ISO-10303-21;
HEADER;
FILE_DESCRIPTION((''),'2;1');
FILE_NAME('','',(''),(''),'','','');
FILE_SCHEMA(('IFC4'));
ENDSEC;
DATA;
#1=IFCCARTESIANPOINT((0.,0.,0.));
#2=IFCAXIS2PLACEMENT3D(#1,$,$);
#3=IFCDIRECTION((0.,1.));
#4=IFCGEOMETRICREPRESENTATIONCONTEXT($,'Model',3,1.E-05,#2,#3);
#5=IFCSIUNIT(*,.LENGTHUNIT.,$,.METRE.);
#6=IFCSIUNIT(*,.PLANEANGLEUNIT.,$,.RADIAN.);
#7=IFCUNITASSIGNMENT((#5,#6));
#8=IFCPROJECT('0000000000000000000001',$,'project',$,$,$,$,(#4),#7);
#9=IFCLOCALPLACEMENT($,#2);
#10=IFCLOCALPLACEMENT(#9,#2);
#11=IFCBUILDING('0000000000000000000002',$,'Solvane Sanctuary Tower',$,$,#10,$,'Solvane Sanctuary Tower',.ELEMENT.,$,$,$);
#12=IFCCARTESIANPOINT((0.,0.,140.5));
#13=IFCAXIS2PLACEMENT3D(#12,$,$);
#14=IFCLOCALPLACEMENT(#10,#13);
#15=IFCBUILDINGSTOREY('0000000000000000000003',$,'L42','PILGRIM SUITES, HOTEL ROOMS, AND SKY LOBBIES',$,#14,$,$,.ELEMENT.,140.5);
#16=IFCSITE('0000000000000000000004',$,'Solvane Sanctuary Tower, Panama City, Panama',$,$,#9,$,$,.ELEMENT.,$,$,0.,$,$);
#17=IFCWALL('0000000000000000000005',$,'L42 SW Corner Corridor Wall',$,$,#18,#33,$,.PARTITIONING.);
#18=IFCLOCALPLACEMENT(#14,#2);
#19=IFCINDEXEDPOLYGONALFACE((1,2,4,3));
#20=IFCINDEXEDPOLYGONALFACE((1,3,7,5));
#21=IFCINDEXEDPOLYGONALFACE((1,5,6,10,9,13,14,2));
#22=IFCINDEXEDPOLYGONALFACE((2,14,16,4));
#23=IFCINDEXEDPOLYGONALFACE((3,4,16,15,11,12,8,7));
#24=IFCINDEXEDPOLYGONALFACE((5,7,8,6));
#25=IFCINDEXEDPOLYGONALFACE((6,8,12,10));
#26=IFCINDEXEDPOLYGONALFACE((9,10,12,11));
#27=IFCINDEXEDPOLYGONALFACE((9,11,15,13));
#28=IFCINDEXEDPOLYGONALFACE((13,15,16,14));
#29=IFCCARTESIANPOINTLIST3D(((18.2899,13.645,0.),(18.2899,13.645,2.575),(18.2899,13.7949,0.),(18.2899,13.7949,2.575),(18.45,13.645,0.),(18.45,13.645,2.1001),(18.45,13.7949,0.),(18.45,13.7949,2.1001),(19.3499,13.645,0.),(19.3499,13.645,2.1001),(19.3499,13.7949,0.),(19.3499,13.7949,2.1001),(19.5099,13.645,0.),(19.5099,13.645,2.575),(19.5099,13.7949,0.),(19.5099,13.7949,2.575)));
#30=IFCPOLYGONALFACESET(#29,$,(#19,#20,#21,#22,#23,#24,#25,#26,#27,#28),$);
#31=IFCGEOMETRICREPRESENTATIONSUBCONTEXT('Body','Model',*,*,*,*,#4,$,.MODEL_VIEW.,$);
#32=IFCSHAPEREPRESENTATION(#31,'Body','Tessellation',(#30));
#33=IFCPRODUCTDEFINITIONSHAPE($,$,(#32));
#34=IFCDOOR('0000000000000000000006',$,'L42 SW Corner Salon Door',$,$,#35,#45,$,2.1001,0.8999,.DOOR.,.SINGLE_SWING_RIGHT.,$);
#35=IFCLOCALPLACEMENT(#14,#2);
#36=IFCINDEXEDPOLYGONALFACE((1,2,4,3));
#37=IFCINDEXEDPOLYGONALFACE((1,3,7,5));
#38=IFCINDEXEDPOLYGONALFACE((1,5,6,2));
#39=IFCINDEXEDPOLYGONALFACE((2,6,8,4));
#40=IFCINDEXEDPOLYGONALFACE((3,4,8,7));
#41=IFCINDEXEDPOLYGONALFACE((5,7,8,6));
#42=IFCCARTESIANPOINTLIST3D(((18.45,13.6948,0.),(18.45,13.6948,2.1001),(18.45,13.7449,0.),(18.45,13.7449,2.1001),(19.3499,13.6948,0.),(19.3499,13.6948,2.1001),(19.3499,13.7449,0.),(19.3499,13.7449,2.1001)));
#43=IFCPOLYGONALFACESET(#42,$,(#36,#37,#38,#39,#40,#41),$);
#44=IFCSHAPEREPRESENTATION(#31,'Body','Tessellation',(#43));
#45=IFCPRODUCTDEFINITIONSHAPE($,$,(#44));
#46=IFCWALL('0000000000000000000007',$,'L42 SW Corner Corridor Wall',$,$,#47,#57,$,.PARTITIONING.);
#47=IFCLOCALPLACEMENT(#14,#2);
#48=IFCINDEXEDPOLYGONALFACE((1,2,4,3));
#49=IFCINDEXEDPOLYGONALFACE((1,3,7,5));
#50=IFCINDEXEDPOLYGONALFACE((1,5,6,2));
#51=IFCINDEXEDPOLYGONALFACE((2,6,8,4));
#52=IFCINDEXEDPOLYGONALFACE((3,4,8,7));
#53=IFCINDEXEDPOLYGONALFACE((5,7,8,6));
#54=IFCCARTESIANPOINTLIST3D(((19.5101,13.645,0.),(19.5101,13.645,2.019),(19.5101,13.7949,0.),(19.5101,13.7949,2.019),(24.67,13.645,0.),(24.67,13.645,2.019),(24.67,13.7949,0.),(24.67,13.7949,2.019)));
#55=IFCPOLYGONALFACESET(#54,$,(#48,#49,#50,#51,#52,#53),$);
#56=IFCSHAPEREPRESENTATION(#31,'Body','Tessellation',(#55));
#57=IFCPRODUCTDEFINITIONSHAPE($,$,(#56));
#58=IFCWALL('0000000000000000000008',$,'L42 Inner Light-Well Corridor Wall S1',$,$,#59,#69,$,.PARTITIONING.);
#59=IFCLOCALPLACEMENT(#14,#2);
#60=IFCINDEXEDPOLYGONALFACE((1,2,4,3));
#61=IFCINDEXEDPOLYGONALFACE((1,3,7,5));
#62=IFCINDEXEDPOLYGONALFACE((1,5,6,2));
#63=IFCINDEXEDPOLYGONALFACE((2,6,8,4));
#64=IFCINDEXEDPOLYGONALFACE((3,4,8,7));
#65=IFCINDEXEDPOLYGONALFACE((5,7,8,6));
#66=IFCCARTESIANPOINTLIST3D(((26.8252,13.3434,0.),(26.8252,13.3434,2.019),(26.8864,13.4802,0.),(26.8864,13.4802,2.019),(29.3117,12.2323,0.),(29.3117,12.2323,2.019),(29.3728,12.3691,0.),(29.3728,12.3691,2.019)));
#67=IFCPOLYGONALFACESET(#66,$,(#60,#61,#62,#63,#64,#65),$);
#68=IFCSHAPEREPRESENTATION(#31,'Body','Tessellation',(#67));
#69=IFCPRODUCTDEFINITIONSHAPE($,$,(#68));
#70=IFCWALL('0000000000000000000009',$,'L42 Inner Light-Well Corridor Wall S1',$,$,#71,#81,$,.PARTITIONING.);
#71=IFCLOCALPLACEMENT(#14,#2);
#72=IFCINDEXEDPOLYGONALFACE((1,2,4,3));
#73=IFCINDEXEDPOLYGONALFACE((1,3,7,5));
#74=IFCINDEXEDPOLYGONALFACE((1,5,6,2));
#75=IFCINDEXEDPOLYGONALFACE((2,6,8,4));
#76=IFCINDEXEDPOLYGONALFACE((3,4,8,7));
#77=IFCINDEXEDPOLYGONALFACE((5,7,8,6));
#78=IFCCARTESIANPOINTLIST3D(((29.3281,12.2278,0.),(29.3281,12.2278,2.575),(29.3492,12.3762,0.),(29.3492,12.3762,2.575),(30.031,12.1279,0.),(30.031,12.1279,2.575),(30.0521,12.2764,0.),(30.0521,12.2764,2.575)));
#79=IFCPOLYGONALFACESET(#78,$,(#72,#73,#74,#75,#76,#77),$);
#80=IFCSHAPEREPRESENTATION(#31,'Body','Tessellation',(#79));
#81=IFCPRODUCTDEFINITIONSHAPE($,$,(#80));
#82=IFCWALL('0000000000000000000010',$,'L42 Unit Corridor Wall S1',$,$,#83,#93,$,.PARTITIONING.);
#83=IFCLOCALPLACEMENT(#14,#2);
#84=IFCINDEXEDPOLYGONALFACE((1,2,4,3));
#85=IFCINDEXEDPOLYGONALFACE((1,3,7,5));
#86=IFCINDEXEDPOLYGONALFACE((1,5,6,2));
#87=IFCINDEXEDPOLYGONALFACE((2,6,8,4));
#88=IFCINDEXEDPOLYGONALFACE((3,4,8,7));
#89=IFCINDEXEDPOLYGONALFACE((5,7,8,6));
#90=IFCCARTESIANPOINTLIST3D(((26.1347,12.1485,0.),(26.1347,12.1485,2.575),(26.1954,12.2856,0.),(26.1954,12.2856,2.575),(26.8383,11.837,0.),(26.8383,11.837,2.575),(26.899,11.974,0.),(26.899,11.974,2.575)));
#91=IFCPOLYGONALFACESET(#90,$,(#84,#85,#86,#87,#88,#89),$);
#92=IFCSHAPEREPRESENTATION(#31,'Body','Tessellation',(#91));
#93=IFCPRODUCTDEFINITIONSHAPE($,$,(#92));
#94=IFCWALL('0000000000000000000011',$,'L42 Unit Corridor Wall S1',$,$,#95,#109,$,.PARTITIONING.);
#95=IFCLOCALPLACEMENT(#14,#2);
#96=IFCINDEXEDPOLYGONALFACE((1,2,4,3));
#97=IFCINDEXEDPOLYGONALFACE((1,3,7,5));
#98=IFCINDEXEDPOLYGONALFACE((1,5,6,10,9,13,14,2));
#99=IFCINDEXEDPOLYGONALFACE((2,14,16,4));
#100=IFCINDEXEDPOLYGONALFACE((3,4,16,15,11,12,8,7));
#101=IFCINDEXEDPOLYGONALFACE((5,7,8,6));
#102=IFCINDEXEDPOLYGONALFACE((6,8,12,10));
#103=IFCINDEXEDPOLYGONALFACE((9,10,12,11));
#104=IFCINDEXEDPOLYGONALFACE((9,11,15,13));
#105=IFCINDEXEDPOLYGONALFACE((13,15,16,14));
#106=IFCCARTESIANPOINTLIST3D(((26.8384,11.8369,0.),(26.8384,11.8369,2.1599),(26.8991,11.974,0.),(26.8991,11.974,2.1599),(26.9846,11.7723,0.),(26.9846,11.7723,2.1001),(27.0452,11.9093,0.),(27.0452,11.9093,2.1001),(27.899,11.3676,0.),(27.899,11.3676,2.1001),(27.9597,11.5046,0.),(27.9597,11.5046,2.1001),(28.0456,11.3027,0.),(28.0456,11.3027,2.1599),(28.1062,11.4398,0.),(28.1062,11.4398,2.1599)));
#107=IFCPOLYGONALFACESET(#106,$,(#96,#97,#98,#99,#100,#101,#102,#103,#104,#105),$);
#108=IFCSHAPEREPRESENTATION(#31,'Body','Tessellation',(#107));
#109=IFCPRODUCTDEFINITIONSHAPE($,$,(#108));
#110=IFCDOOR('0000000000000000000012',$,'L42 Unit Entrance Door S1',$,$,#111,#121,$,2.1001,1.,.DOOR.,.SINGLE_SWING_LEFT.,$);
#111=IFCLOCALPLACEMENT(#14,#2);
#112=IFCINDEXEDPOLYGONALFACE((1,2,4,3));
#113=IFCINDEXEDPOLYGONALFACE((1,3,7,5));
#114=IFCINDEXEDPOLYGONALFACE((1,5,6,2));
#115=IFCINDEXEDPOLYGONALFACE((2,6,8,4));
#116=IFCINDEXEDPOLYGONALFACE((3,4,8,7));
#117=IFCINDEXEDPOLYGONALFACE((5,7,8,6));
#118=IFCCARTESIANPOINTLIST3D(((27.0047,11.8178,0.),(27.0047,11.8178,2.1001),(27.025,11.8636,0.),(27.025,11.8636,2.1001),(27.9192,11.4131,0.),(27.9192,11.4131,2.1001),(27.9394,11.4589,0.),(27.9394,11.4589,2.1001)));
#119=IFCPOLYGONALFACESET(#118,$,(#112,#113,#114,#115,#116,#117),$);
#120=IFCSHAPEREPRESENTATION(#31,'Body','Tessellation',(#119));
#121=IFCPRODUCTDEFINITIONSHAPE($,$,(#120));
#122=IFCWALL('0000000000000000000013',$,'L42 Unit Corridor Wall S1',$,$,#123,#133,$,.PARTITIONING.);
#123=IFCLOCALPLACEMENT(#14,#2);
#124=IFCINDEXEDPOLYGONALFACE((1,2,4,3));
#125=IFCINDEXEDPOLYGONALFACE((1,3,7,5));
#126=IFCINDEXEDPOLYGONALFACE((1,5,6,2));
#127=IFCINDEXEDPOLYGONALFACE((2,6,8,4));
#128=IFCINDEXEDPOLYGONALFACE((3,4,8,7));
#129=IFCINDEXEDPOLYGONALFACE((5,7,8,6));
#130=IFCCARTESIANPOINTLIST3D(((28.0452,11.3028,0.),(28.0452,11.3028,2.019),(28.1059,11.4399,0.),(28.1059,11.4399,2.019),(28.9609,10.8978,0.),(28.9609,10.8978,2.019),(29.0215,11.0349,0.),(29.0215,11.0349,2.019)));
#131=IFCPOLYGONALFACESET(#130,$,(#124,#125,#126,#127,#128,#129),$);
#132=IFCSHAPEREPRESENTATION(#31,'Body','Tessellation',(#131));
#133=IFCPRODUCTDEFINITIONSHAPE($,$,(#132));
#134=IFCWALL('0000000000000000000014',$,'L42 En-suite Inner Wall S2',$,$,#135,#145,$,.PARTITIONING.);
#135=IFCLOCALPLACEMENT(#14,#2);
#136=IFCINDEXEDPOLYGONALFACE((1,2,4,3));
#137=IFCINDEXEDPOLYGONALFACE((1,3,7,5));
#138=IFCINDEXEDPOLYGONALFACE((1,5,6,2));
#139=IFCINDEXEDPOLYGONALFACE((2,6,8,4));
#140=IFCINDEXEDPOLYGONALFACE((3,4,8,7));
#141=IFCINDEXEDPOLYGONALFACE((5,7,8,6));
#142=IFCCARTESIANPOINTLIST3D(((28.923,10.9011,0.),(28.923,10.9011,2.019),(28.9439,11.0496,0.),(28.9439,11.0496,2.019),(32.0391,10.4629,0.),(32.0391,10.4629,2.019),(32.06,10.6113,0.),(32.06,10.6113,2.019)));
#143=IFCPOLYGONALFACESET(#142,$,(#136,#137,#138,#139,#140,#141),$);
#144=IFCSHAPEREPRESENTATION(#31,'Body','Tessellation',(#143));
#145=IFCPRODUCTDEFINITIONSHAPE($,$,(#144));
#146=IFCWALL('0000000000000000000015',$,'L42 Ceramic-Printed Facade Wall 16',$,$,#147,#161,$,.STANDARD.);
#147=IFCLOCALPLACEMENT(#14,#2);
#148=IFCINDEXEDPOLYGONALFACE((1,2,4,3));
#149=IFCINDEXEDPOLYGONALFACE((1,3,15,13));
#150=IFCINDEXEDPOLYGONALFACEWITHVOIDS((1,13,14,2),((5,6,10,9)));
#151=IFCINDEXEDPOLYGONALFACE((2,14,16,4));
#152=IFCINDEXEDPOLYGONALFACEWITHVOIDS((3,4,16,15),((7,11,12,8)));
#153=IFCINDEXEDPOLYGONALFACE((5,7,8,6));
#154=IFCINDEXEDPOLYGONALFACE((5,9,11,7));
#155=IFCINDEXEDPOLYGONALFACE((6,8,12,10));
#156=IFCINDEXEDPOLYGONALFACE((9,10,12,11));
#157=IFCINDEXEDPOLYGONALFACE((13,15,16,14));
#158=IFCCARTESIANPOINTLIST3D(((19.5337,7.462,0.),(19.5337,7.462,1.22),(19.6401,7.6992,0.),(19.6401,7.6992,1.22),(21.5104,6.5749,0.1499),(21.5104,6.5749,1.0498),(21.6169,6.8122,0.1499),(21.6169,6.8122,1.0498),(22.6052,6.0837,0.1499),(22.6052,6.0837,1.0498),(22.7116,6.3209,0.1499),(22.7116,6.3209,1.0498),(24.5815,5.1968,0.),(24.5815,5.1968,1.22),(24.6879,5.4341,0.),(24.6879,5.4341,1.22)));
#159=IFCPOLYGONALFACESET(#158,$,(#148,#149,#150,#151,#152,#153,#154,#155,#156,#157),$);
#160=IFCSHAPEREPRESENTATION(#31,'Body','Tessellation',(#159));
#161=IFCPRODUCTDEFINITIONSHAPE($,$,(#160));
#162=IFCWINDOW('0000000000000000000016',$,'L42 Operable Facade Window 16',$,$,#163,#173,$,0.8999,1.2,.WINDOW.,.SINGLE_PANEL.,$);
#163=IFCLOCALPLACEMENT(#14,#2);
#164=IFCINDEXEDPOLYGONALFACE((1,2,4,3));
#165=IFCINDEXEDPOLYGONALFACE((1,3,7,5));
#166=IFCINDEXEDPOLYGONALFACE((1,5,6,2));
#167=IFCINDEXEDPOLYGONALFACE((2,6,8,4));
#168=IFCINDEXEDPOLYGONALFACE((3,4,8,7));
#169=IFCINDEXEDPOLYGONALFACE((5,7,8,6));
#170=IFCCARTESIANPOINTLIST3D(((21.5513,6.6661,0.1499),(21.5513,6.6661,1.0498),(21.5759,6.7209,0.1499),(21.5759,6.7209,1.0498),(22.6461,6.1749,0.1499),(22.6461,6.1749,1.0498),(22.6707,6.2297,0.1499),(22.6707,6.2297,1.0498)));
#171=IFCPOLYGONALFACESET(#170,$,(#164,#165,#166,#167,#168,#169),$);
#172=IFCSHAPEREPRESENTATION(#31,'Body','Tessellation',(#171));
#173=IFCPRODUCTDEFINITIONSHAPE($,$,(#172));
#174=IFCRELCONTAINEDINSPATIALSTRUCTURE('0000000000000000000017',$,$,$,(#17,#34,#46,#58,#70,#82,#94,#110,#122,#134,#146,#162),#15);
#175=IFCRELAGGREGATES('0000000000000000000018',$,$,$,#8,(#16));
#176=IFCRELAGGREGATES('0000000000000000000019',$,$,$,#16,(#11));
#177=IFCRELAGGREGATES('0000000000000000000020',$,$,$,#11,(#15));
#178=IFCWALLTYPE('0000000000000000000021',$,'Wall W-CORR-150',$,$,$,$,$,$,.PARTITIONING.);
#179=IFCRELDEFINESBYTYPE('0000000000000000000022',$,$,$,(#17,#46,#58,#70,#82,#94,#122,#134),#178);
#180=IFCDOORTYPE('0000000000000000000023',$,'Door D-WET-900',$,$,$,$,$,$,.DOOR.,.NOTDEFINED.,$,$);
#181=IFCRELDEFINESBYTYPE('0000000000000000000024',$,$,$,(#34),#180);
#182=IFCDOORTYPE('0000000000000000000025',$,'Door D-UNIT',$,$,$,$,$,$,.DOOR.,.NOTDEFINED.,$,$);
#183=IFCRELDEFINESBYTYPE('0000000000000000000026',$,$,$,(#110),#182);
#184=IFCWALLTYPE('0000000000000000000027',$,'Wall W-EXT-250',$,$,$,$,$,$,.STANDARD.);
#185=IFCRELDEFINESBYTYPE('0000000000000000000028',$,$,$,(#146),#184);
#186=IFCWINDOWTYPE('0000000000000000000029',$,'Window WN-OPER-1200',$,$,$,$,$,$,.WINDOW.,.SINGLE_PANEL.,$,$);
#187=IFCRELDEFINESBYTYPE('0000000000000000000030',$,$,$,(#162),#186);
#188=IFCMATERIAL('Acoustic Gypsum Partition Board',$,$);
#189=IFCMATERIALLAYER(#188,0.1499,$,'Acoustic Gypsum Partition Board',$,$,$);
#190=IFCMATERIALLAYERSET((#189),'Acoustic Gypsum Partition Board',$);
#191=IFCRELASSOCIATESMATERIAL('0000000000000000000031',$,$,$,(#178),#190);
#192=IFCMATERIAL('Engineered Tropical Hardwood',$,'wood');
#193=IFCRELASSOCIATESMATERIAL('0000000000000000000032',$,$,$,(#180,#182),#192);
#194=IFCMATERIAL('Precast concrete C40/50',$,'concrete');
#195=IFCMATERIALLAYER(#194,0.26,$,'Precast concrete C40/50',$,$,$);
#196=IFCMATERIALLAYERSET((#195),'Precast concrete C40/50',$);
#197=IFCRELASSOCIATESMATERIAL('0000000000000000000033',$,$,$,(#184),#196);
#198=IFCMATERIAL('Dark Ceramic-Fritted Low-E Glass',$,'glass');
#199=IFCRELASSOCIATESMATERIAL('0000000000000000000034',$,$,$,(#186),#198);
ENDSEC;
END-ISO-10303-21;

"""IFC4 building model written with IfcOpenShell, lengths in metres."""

from ifc_helpers import new_model, si_unit, direction, frame, frame_2d, origin, place, context, subcontext, project, spatial, rectangle, extrude, material, layer, layer_set, type_object, element, fill, save


model = new_model("IFC4")

# Units and contexts
model_context = context("Model", 3, precision=1e-05, world=origin(), true_north=direction((0.0, 1.0)))
body_context = subcontext(model_context, "Body", "Model", "MODEL_VIEW")
ifc_project = project(units=[si_unit("LENGTHUNIT", "METRE"), si_unit("PLANEANGLEUNIT", "RADIAN")], contexts=[model_context])

# Site, building, storey
site_placement = place(None, origin())
site = spatial("IfcSite", under=ifc_project, at=site_placement, Name="Solvane Sanctuary Tower, Panama City, Panama", CompositionType="ELEMENT", RefElevation=0.0)
building_placement = place(site_placement, origin())
building = spatial("IfcBuilding", under=site, at=building_placement, Name="Solvane Sanctuary Tower", LongName="Solvane Sanctuary Tower", CompositionType="ELEMENT")
storey_placement = place(building_placement, frame((0.0, 0.0, 140.5)))
storey = spatial("IfcBuildingStorey", under=building, at=storey_placement, Name="L42", Description="PILGRIM SUITES, HOTEL ROOMS, AND SKY LOBBIES", CompositionType="ELEMENT", Elevation=140.5)

# Shared definitions
ifc_material_1 = material(Name="Acoustic Gypsum Partition Board")
ifc_layer_1 = layer(ifc_material_1, 0.1499, Name="Acoustic Gypsum Partition Board")
ifc_layer_set_1 = layer_set([ifc_layer_1], Name="Acoustic Gypsum Partition Board")
wall_type_1 = type_object("IfcWallType", Name="Wall W-CORR-150", PredefinedType="PARTITIONING", material=ifc_layer_set_1)

# Wall, opening, door
wall_1_placement = place(storey_placement, frame((18.29, 13.72, 0.0), z_axis=(0.0, 0.0, 1.0), x_axis=(1.0, 0.0, 0.0)))
wall_1 = element("IfcWall", 1, at=wall_1_placement, inside=storey, type_object=wall_type_1, Name="L42 SW Corner Corridor Wall", PredefinedType="PARTITIONING", context=body_context, shape_type="SweptSolid", body=[
    extrude(rectangle(XDim=1.22, YDim=0.1499, at=frame_2d((0.6099, 0.0))), origin(), (0.0, 0.0, 1.0), 2.575),
])
opening_1_placement = place(wall_1_placement, frame((0.1599, 0.0, 0.0)))
opening_1 = element("IfcOpeningElement", 2, at=opening_1_placement, cuts=wall_1, PredefinedType="OPENING", context=body_context, shape_type="SweptSolid", body=[
    extrude(rectangle(XDim=0.8999, YDim=2.1001, at=frame_2d((0.45, 1.05))), frame((0.0, 0.085, 0.0), z_axis=(0.0, -1.0, 0.0), x_axis=(1.0, 0.0, 0.0)), (0.0, 0.0, 1.0), 0.1699),
])
ifc_material_2 = material(Name="Engineered Tropical Hardwood", Category="wood")
door_type_1 = type_object("IfcDoorType", Name="Door D-WET-900", OperationType="NOTDEFINED", PredefinedType="DOOR", material=ifc_material_2)
door_1_placement = place(opening_1_placement, origin())
door_1 = element("IfcDoor", 3, at=door_1_placement, inside=storey, type_object=door_type_1, Name="L42 SW Corner Salon Door", OperationType="SINGLE_SWING_RIGHT", OverallHeight=2.1001, OverallWidth=0.8999, PredefinedType="DOOR", context=body_context, shape_type="SweptSolid", body=[
    extrude(rectangle(XDim=0.8999, YDim=2.1001, at=frame_2d((0.45, 1.05))), frame((0.0, 0.0249, 0.0), z_axis=(0.0, -1.0, 0.0), x_axis=(1.0, 0.0, 0.0)), (0.0, 0.0, 1.0), 0.05),
])
fill(opening_1, door_1)

# Walls
wall_2_placement = place(storey_placement, frame((19.51, 13.72, 0.0), z_axis=(0.0, 0.0, 1.0), x_axis=(1.0, 0.0, 0.0)))
element("IfcWall", 4, at=wall_2_placement, inside=storey, type_object=wall_type_1, Name="L42 SW Corner Corridor Wall", PredefinedType="PARTITIONING", context=body_context, shape_type="SweptSolid", body=[
    extrude(rectangle(XDim=5.1599, YDim=0.1499, at=frame_2d((2.5801, 0.0))), origin(), (0.0, 0.0, 1.0), 2.019),
])
wall_3_placement = place(storey_placement, frame((26.8557, 13.4119, 0.0), z_axis=(0.0, 0.0, 1.0), x_axis=(0.912985, -0.407993, 0.0)))
element("IfcWall", 5, at=wall_3_placement, inside=storey, type_object=wall_type_1, Name="L42 Inner Light-Well Corridor Wall S1", PredefinedType="PARTITIONING", context=body_context, shape_type="SweptSolid", body=[
    extrude(rectangle(XDim=2.7234, YDim=0.1499, at=frame_2d((1.3618, 0.0))), origin(), (0.0, 0.0, 1.0), 2.019),
])
wall_4_placement = place(storey_placement, frame((29.3386, 12.302, 0.0), z_axis=(0.0, 0.0, 1.0), x_axis=(0.990059, -0.140651, 0.0)))
element("IfcWall", 6, at=wall_4_placement, inside=storey, type_object=wall_type_1, Name="L42 Inner Light-Well Corridor Wall S1", PredefinedType="PARTITIONING", context=body_context, shape_type="SweptSolid", body=[
    extrude(rectangle(XDim=0.71, YDim=0.1499, at=frame_2d((0.355, 0.0))), origin(), (0.0, 0.0, 1.0), 2.575),
])
wall_5_placement = place(storey_placement, frame((26.165, 12.217, 0.0), z_axis=(0.0, 0.0, 1.0), x_axis=(0.914386, -0.404843, 0.0)))
element("IfcWall", 7, at=wall_5_placement, inside=storey, type_object=wall_type_1, Name="L42 Unit Corridor Wall S1", PredefinedType="PARTITIONING", context=body_context, shape_type="SweptSolid", body=[
    extrude(rectangle(XDim=0.7695, YDim=0.1499, at=frame_2d((0.3848, 0.0))), origin(), (0.0, 0.0, 1.0), 2.575),
])

# Wall, opening, door
wall_6_placement = place(storey_placement, frame((26.8687, 11.9055, 0.0), z_axis=(0.0, 0.0, 1.0), x_axis=(0.914451, -0.404696, 0.0)))
wall_6 = element("IfcWall", 8, at=wall_6_placement, inside=storey, type_object=wall_type_1, Name="L42 Unit Corridor Wall S1", PredefinedType="PARTITIONING", context=body_context, shape_type="SweptSolid", body=[
    extrude(rectangle(XDim=1.3201, YDim=0.1499, at=frame_2d((0.6602, 0.0))), origin(), (0.0, 0.0, 1.0), 2.1599),
])
opening_2_placement = place(wall_6_placement, frame((0.1599, 0.0, 0.0)))
opening_2 = element("IfcOpeningElement", 9, at=opening_2_placement, cuts=wall_6, PredefinedType="OPENING", context=body_context, shape_type="SweptSolid", body=[
    extrude(rectangle(XDim=1.0, YDim=2.1001, at=frame_2d((0.5, 1.05))), frame((0.0, 0.085, 0.0), z_axis=(0.0, -1.0, 0.0), x_axis=(1.0, 0.0, 0.0)), (0.0, 0.0, 1.0), 0.1699),
])
door_type_2 = type_object("IfcDoorType", Name="Door D-UNIT", OperationType="NOTDEFINED", PredefinedType="DOOR", material=ifc_material_2)
door_2_placement = place(opening_2_placement, origin())
door_2 = element("IfcDoor", 10, at=door_2_placement, inside=storey, type_object=door_type_2, Name="L42 Unit Entrance Door S1", OperationType="SINGLE_SWING_LEFT", OverallHeight=2.1001, OverallWidth=1.0, PredefinedType="DOOR", context=body_context, shape_type="SweptSolid", body=[
    extrude(rectangle(XDim=1.0, YDim=2.1001, at=frame_2d((0.5, 1.05))), frame((0.0, 0.0249, 0.0), z_axis=(0.0, -1.0, 0.0), x_axis=(1.0, 0.0, 0.0)), (0.0, 0.0, 1.0), 0.05),
])
fill(opening_2, door_2)

# Walls
wall_7_placement = place(storey_placement, frame((28.0757, 11.3713, 0.0), z_axis=(0.0, 0.0, 1.0), x_axis=(0.914504, -0.404577, 0.0)))
element("IfcWall", 11, at=wall_7_placement, inside=storey, type_object=wall_type_1, Name="L42 Unit Corridor Wall S1", PredefinedType="PARTITIONING", context=body_context, shape_type="SweptSolid", body=[
    extrude(rectangle(XDim=1.0012, YDim=0.1499, at=frame_2d((0.5005, 0.0))), origin(), (0.0, 0.0, 1.0), 2.019),
])
wall_8_placement = place(storey_placement, frame((28.9336, 10.9753, 0.0), z_axis=(0.0, 0.0, 1.0), x_axis=(0.990254, -0.13927, 0.0)))
element("IfcWall", 12, at=wall_8_placement, inside=storey, type_object=wall_type_1, Name="L42 En-suite Inner Wall S2", PredefinedType="PARTITIONING", context=body_context, shape_type="SweptSolid", body=[
    extrude(rectangle(XDim=3.1467, YDim=0.1499, at=frame_2d((1.5732, 0.0))), origin(), (0.0, 0.0, 1.0), 2.019),
])

# Wall, opening, window
ifc_material_3 = material(Name="Precast concrete C40/50", Category="concrete")
ifc_layer_2 = layer(ifc_material_3, 0.26, Name="Precast concrete C40/50")
ifc_layer_set_2 = layer_set([ifc_layer_2], Name="Precast concrete C40/50")
wall_type_2 = type_object("IfcWallType", Name="Wall W-EXT-250", PredefinedType="STANDARD", material=ifc_layer_set_2)
wall_9_placement = place(storey_placement, frame((19.5869, 7.5806, 0.0), z_axis=(0.0, 0.0, 1.0), x_axis=(0.912354, -0.409403, 0.0)))
wall_9 = element("IfcWall", 13, at=wall_9_placement, inside=storey, type_object=wall_type_2, Name="L42 Ceramic-Printed Facade Wall 16", PredefinedType="STANDARD", context=body_context, shape_type="SweptSolid", body=[
    extrude(rectangle(XDim=5.5327, YDim=0.26, at=frame_2d((2.7664, 0.0))), origin(), (0.0, 0.0, 1.0), 1.22),
])
opening_3_placement = place(wall_9_placement, frame((2.1665, 0.0, 0.1499)))
opening_3 = element("IfcOpeningElement", 14, at=opening_3_placement, cuts=wall_9, PredefinedType="OPENING", context=body_context, shape_type="SweptSolid", body=[
    extrude(rectangle(XDim=1.2, YDim=0.8999, at=frame_2d((0.6001, 0.45))), frame((0.0, 0.1399, 0.0), z_axis=(0.0, -1.0, 0.0), x_axis=(1.0, 0.0, 0.0)), (0.0, 0.0, 1.0), 0.28),
])
ifc_material_4 = material(Name="Dark Ceramic-Fritted Low-E Glass", Category="glass")
window_type = type_object("IfcWindowType", Name="Window WN-OPER-1200", PartitioningType="SINGLE_PANEL", PredefinedType="WINDOW", material=ifc_material_4)
window_1_placement = place(opening_3_placement, origin())
window_1 = element("IfcWindow", 15, at=window_1_placement, inside=storey, type_object=window_type, Name="L42 Operable Facade Window 16", OverallHeight=0.8999, OverallWidth=1.2, PartitioningType="SINGLE_PANEL", PredefinedType="WINDOW", context=body_context, shape_type="SweptSolid", body=[
    extrude(rectangle(XDim=1.2, YDim=0.8999, at=frame_2d((0.6001, 0.45))), frame((0.0, 0.03, 0.0), z_axis=(0.0, -1.0, 0.0), x_axis=(1.0, 0.0, 0.0)), (0.0, 0.0, 1.0), 0.0601),
])
fill(opening_3, window_1)

save(model, "model.ifc")
